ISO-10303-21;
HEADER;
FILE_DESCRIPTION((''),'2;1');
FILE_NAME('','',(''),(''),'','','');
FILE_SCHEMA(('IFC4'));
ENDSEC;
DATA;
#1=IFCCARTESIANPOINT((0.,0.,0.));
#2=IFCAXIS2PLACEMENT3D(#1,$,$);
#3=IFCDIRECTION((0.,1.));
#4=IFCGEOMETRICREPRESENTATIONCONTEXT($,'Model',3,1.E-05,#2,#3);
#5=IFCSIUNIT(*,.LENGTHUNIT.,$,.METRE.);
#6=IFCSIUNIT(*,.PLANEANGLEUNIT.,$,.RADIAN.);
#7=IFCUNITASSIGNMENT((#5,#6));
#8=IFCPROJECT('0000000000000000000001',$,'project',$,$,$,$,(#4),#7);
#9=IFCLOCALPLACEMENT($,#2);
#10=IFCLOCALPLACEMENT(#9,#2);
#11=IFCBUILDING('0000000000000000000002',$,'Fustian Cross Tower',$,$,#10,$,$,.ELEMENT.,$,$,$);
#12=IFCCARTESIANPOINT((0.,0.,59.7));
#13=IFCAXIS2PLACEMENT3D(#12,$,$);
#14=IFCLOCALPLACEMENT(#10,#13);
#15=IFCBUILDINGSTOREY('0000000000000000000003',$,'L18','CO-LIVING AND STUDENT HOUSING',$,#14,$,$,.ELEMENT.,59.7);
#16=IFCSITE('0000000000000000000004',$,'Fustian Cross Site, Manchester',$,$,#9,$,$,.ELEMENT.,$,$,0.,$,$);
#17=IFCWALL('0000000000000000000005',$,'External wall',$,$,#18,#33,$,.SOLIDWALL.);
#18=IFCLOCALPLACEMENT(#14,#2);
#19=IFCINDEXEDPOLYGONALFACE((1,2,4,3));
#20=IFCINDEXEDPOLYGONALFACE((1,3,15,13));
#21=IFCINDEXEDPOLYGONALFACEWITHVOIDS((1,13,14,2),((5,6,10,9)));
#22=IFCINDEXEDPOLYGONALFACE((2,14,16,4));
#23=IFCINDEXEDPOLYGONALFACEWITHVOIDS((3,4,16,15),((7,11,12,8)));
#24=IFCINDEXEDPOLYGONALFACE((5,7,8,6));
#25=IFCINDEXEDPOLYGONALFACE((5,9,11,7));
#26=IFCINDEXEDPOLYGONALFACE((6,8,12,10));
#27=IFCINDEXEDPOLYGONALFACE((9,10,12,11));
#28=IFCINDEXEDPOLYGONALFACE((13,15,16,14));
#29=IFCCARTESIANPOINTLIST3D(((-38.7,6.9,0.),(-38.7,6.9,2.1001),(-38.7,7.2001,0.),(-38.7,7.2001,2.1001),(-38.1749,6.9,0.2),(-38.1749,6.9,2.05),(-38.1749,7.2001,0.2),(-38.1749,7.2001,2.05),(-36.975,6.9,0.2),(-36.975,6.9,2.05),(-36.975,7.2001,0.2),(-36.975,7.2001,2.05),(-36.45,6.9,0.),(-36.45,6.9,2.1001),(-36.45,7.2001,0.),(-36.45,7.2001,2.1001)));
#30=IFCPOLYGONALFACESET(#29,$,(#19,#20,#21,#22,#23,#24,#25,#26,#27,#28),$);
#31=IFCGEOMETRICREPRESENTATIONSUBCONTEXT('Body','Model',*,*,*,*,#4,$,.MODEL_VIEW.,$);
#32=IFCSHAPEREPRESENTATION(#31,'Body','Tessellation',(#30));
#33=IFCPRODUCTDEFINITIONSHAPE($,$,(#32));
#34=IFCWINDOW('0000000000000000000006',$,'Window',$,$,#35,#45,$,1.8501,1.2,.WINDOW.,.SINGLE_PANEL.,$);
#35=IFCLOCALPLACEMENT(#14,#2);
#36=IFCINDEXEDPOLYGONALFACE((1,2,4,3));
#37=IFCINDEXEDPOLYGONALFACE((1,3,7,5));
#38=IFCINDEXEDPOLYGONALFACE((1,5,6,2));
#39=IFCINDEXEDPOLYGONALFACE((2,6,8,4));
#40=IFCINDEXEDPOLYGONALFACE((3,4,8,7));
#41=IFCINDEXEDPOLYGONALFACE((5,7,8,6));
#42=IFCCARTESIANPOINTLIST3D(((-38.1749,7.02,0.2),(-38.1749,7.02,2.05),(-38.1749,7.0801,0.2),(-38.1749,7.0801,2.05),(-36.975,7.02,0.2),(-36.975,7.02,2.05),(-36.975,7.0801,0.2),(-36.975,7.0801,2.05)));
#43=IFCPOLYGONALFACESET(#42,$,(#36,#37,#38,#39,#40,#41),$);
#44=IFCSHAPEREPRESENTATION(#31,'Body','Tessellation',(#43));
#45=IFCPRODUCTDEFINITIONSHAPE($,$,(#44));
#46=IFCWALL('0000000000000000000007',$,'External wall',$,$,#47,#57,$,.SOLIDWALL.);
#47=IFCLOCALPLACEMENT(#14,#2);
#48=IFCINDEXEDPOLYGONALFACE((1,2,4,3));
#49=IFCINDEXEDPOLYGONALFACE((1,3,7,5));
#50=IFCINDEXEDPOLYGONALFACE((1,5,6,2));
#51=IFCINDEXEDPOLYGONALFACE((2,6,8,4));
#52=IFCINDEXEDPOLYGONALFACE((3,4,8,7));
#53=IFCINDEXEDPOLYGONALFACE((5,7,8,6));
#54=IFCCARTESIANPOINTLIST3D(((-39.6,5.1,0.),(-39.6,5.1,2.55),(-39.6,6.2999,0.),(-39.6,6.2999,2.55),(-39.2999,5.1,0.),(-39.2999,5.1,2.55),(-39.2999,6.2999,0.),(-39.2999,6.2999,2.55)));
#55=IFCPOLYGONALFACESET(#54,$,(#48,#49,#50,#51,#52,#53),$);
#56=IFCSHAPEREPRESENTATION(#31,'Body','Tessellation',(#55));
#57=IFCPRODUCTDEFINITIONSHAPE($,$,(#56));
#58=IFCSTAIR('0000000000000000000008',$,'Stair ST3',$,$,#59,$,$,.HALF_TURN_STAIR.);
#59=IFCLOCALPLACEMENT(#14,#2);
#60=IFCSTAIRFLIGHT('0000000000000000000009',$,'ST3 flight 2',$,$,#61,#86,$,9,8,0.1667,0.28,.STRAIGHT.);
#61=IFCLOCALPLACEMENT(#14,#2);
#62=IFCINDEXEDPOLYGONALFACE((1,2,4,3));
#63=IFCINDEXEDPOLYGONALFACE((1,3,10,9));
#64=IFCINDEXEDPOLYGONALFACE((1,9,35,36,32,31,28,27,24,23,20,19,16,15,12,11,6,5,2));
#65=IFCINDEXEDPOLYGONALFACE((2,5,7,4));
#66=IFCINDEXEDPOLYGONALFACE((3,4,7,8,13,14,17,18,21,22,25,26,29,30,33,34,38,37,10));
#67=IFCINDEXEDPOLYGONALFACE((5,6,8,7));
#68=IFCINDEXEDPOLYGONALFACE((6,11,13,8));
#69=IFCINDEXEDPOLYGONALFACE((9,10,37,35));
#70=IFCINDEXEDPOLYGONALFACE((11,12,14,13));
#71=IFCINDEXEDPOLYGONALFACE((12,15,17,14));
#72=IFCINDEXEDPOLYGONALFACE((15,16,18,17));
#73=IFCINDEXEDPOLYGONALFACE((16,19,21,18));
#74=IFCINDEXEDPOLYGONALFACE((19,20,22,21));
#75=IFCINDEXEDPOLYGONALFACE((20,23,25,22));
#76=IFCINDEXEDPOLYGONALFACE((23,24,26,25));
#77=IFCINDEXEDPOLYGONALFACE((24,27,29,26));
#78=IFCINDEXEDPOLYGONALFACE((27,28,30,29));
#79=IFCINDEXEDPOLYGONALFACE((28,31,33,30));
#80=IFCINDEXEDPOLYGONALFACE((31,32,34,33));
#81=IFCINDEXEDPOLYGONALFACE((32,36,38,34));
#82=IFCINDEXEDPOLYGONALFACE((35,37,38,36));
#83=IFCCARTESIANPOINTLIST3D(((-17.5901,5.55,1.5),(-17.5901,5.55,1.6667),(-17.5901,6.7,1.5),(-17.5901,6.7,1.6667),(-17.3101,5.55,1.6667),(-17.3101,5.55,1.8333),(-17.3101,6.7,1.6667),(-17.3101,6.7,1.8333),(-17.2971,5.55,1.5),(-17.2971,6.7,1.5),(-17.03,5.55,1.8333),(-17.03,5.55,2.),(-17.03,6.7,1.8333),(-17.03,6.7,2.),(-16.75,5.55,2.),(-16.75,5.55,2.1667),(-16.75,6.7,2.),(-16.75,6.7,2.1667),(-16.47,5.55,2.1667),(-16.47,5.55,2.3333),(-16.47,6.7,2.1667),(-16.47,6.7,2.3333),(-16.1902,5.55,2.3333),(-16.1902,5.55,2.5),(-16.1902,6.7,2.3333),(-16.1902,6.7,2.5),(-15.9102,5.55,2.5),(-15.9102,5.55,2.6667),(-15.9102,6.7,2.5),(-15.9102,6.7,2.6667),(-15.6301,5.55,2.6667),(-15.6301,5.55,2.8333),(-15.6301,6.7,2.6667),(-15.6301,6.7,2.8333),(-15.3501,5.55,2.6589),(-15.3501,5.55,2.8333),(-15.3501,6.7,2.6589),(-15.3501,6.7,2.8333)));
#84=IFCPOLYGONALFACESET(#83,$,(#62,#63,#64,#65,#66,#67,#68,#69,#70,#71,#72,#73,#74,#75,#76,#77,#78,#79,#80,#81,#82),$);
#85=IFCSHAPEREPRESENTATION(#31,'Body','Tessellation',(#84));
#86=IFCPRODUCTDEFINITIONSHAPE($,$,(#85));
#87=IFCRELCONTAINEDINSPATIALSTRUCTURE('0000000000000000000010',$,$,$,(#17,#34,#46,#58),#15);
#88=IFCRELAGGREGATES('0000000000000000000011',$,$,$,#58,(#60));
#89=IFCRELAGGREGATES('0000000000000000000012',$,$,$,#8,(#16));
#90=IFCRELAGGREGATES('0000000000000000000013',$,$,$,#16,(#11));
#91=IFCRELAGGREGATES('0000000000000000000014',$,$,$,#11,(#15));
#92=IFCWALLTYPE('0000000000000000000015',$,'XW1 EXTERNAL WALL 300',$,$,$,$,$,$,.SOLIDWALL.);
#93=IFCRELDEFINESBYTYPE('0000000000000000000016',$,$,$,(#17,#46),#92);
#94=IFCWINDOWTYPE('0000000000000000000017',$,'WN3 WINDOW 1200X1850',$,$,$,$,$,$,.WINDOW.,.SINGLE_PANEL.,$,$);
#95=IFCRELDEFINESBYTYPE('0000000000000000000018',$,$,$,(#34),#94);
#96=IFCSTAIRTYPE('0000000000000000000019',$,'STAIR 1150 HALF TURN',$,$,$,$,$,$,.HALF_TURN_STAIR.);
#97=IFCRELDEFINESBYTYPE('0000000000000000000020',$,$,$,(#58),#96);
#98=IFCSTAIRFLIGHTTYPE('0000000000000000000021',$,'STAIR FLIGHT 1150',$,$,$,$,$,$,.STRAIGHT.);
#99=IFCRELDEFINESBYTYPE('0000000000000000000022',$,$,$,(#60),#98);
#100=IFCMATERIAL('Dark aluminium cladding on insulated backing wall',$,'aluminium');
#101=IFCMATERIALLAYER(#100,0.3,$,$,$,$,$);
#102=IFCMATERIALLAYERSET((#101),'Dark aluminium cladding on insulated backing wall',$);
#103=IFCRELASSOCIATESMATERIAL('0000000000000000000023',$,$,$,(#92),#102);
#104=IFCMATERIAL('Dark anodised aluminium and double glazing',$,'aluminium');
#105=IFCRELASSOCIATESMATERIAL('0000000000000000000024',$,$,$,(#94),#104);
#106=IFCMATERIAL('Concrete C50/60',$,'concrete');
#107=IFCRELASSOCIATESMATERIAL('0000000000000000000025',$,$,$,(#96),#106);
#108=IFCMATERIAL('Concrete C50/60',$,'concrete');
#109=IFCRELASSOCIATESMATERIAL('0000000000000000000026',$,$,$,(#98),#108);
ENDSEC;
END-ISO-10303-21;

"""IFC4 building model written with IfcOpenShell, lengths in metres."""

from ifc_helpers import new_model, si_unit, direction, frame, frame_2d, origin, place, context, subcontext, project, spatial, polyline, rectangle, outline, extrude, material, layer, layer_set, type_object, element, fill, aggregate, save


model = new_model("IFC4")

# Units and contexts
model_context = context("Model", 3, precision=1e-05, world=origin(), true_north=direction((0.0, 1.0)))
body_context = subcontext(model_context, "Body", "Model", "MODEL_VIEW")
ifc_project = project(units=[si_unit("LENGTHUNIT", "METRE"), si_unit("PLANEANGLEUNIT", "RADIAN")], contexts=[model_context])

# Site, building, storey
site_placement = place(None, origin())
site = spatial("IfcSite", under=ifc_project, at=site_placement, Name="Fustian Cross Site, Manchester", CompositionType="ELEMENT", RefElevation=0.0)
building_placement = place(site_placement, origin())
building = spatial("IfcBuilding", under=site, at=building_placement, Name="Fustian Cross Tower", CompositionType="ELEMENT")
storey_placement = place(building_placement, frame((0.0, 0.0, 59.7)))
storey = spatial("IfcBuildingStorey", under=building, at=storey_placement, Name="L18", Description="CO-LIVING AND STUDENT HOUSING", CompositionType="ELEMENT", Elevation=59.7)

# Shared definitions
ifc_material_1 = material(Name="Dark aluminium cladding on insulated backing wall", Category="aluminium")
ifc_layer_1 = layer(ifc_material_1, 0.3)
ifc_layer_set_1 = layer_set([ifc_layer_1], Name="Dark aluminium cladding on insulated backing wall")
wall_type_1 = type_object("IfcWallType", Name="XW1 EXTERNAL WALL 300", PredefinedType="SOLIDWALL", material=ifc_layer_set_1)
ifc_material_2 = material(Name="Dark anodised aluminium and double glazing", Category="aluminium")
window_type = type_object("IfcWindowType", Name="WN3 WINDOW 1200X1850", PartitioningType="SINGLE_PANEL", PredefinedType="WINDOW", material=ifc_material_2)

# Wall, opening, window
wall_1_placement = place(storey_placement, frame((-36.45, 7.05, 0.0), z_axis=(0.0, 0.0, 1.0), x_axis=(-1.0, 0.0, 0.0)))
wall_1 = element("IfcWall", 1, at=wall_1_placement, inside=storey, type_object=wall_type_1, Name="External wall", PredefinedType="SOLIDWALL", context=body_context, shape_type="SweptSolid", body=[
    extrude(rectangle(XDim=2.25, YDim=0.3, at=frame_2d((1.125, 0.0))), origin(), (0.0, 0.0, 1.0), 2.1001),
])
opening_1_placement = place(wall_1_placement, frame((0.5249, 0.0, 0.2)))
opening_1 = element("IfcOpeningElement", 2, at=opening_1_placement, cuts=wall_1, PredefinedType="OPENING", context=body_context, shape_type="SweptSolid", body=[
    extrude(rectangle(XDim=1.2, YDim=1.8501, at=frame_2d((0.6001, 0.925))), frame((0.0, 0.1599, 0.0), z_axis=(0.0, -1.0, 0.0), x_axis=(1.0, 0.0, 0.0)), (0.0, 0.0, 1.0), 0.3201),
])
window_1_placement = place(opening_1_placement, origin())
window_1 = element("IfcWindow", 3, at=window_1_placement, inside=storey, type_object=window_type, Name="Window", OverallHeight=1.8501, OverallWidth=1.2, PartitioningType="SINGLE_PANEL", PredefinedType="WINDOW", context=body_context, shape_type="SweptSolid", body=[
    extrude(rectangle(XDim=1.2, YDim=1.8501, at=frame_2d((0.6001, 0.925))), frame((0.0, 0.03, 0.0), z_axis=(0.0, -1.0, 0.0), x_axis=(1.0, 0.0, 0.0)), (0.0, 0.0, 1.0), 0.0601),
])
fill(opening_1, window_1)

# Wall
wall_2_placement = place(storey_placement, frame((-39.45, 6.3, 0.0), z_axis=(0.0, 0.0, 1.0), x_axis=(0.0, -1.0, 0.0)))
element("IfcWall", 4, at=wall_2_placement, inside=storey, type_object=wall_type_1, Name="External wall", PredefinedType="SOLIDWALL", context=body_context, shape_type="SweptSolid", body=[
    extrude(rectangle(XDim=1.2, YDim=0.3, at=frame_2d((0.6001, 0.0))), origin(), (0.0, 0.0, 1.0), 2.55),
])

# Stair, stair flight
ifc_material_3 = material(Name="Concrete C50/60", Category="concrete")
stair_type = type_object("IfcStairType", Name="STAIR 1150 HALF TURN", PredefinedType="HALF_TURN_STAIR", material=ifc_material_3)
stair_placement = place(storey_placement, origin())
stair = element("IfcStair", 5, at=stair_placement, inside=storey, type_object=stair_type, Name="Stair ST3", PredefinedType="HALF_TURN_STAIR")
ifc_material_4 = material(Name="Concrete C50/60", Category="concrete")
stair_flight_type = type_object("IfcStairFlightType", Name="STAIR FLIGHT 1150", PredefinedType="STRAIGHT", material=ifc_material_4)
stair_flight_placement = place(storey_placement, frame((-17.5901, 6.125, 1.5), z_axis=(0.0, 0.0, 1.0), x_axis=(1.0, 0.0, 0.0)))
stair_flight = element("IfcStairFlight", 6, at=stair_flight_placement, type_object=stair_flight_type, Name="ST3 flight 2", NumberOfRisers=9, NumberOfTreads=8, PredefinedType="STRAIGHT", RiserHeight=0.1667, TreadLength=0.28, context=body_context, shape_type="SweptSolid", body=[
    extrude(outline(polyline([(0.0, 0.0), (0.0, 0.1667), (0.28, 0.1667), (0.28, 0.3333), (0.5601, 0.3333), (0.5601, 0.5), (0.8401, 0.5), (0.8401, 0.6667), (1.1201, 0.6667), (1.1201, 0.8333), (1.3999, 0.8333), (1.3999, 1.0), (1.6799, 1.0), (1.6799, 1.1667), (1.96, 1.1667), (1.96, 1.3333), (2.24, 1.3333), (2.24, 1.5), (2.24, 1.1589), (0.293, 0.0), (0.0, 0.0)])), frame((0.0, 0.575, 0.0), z_axis=(0.0, -1.0, 0.0), x_axis=(1.0, 0.0, 0.0)), (0.0, 0.0, 1.0), 1.1499),
])
aggregate(stair, [stair_flight])

save(model, "model.ifc")
